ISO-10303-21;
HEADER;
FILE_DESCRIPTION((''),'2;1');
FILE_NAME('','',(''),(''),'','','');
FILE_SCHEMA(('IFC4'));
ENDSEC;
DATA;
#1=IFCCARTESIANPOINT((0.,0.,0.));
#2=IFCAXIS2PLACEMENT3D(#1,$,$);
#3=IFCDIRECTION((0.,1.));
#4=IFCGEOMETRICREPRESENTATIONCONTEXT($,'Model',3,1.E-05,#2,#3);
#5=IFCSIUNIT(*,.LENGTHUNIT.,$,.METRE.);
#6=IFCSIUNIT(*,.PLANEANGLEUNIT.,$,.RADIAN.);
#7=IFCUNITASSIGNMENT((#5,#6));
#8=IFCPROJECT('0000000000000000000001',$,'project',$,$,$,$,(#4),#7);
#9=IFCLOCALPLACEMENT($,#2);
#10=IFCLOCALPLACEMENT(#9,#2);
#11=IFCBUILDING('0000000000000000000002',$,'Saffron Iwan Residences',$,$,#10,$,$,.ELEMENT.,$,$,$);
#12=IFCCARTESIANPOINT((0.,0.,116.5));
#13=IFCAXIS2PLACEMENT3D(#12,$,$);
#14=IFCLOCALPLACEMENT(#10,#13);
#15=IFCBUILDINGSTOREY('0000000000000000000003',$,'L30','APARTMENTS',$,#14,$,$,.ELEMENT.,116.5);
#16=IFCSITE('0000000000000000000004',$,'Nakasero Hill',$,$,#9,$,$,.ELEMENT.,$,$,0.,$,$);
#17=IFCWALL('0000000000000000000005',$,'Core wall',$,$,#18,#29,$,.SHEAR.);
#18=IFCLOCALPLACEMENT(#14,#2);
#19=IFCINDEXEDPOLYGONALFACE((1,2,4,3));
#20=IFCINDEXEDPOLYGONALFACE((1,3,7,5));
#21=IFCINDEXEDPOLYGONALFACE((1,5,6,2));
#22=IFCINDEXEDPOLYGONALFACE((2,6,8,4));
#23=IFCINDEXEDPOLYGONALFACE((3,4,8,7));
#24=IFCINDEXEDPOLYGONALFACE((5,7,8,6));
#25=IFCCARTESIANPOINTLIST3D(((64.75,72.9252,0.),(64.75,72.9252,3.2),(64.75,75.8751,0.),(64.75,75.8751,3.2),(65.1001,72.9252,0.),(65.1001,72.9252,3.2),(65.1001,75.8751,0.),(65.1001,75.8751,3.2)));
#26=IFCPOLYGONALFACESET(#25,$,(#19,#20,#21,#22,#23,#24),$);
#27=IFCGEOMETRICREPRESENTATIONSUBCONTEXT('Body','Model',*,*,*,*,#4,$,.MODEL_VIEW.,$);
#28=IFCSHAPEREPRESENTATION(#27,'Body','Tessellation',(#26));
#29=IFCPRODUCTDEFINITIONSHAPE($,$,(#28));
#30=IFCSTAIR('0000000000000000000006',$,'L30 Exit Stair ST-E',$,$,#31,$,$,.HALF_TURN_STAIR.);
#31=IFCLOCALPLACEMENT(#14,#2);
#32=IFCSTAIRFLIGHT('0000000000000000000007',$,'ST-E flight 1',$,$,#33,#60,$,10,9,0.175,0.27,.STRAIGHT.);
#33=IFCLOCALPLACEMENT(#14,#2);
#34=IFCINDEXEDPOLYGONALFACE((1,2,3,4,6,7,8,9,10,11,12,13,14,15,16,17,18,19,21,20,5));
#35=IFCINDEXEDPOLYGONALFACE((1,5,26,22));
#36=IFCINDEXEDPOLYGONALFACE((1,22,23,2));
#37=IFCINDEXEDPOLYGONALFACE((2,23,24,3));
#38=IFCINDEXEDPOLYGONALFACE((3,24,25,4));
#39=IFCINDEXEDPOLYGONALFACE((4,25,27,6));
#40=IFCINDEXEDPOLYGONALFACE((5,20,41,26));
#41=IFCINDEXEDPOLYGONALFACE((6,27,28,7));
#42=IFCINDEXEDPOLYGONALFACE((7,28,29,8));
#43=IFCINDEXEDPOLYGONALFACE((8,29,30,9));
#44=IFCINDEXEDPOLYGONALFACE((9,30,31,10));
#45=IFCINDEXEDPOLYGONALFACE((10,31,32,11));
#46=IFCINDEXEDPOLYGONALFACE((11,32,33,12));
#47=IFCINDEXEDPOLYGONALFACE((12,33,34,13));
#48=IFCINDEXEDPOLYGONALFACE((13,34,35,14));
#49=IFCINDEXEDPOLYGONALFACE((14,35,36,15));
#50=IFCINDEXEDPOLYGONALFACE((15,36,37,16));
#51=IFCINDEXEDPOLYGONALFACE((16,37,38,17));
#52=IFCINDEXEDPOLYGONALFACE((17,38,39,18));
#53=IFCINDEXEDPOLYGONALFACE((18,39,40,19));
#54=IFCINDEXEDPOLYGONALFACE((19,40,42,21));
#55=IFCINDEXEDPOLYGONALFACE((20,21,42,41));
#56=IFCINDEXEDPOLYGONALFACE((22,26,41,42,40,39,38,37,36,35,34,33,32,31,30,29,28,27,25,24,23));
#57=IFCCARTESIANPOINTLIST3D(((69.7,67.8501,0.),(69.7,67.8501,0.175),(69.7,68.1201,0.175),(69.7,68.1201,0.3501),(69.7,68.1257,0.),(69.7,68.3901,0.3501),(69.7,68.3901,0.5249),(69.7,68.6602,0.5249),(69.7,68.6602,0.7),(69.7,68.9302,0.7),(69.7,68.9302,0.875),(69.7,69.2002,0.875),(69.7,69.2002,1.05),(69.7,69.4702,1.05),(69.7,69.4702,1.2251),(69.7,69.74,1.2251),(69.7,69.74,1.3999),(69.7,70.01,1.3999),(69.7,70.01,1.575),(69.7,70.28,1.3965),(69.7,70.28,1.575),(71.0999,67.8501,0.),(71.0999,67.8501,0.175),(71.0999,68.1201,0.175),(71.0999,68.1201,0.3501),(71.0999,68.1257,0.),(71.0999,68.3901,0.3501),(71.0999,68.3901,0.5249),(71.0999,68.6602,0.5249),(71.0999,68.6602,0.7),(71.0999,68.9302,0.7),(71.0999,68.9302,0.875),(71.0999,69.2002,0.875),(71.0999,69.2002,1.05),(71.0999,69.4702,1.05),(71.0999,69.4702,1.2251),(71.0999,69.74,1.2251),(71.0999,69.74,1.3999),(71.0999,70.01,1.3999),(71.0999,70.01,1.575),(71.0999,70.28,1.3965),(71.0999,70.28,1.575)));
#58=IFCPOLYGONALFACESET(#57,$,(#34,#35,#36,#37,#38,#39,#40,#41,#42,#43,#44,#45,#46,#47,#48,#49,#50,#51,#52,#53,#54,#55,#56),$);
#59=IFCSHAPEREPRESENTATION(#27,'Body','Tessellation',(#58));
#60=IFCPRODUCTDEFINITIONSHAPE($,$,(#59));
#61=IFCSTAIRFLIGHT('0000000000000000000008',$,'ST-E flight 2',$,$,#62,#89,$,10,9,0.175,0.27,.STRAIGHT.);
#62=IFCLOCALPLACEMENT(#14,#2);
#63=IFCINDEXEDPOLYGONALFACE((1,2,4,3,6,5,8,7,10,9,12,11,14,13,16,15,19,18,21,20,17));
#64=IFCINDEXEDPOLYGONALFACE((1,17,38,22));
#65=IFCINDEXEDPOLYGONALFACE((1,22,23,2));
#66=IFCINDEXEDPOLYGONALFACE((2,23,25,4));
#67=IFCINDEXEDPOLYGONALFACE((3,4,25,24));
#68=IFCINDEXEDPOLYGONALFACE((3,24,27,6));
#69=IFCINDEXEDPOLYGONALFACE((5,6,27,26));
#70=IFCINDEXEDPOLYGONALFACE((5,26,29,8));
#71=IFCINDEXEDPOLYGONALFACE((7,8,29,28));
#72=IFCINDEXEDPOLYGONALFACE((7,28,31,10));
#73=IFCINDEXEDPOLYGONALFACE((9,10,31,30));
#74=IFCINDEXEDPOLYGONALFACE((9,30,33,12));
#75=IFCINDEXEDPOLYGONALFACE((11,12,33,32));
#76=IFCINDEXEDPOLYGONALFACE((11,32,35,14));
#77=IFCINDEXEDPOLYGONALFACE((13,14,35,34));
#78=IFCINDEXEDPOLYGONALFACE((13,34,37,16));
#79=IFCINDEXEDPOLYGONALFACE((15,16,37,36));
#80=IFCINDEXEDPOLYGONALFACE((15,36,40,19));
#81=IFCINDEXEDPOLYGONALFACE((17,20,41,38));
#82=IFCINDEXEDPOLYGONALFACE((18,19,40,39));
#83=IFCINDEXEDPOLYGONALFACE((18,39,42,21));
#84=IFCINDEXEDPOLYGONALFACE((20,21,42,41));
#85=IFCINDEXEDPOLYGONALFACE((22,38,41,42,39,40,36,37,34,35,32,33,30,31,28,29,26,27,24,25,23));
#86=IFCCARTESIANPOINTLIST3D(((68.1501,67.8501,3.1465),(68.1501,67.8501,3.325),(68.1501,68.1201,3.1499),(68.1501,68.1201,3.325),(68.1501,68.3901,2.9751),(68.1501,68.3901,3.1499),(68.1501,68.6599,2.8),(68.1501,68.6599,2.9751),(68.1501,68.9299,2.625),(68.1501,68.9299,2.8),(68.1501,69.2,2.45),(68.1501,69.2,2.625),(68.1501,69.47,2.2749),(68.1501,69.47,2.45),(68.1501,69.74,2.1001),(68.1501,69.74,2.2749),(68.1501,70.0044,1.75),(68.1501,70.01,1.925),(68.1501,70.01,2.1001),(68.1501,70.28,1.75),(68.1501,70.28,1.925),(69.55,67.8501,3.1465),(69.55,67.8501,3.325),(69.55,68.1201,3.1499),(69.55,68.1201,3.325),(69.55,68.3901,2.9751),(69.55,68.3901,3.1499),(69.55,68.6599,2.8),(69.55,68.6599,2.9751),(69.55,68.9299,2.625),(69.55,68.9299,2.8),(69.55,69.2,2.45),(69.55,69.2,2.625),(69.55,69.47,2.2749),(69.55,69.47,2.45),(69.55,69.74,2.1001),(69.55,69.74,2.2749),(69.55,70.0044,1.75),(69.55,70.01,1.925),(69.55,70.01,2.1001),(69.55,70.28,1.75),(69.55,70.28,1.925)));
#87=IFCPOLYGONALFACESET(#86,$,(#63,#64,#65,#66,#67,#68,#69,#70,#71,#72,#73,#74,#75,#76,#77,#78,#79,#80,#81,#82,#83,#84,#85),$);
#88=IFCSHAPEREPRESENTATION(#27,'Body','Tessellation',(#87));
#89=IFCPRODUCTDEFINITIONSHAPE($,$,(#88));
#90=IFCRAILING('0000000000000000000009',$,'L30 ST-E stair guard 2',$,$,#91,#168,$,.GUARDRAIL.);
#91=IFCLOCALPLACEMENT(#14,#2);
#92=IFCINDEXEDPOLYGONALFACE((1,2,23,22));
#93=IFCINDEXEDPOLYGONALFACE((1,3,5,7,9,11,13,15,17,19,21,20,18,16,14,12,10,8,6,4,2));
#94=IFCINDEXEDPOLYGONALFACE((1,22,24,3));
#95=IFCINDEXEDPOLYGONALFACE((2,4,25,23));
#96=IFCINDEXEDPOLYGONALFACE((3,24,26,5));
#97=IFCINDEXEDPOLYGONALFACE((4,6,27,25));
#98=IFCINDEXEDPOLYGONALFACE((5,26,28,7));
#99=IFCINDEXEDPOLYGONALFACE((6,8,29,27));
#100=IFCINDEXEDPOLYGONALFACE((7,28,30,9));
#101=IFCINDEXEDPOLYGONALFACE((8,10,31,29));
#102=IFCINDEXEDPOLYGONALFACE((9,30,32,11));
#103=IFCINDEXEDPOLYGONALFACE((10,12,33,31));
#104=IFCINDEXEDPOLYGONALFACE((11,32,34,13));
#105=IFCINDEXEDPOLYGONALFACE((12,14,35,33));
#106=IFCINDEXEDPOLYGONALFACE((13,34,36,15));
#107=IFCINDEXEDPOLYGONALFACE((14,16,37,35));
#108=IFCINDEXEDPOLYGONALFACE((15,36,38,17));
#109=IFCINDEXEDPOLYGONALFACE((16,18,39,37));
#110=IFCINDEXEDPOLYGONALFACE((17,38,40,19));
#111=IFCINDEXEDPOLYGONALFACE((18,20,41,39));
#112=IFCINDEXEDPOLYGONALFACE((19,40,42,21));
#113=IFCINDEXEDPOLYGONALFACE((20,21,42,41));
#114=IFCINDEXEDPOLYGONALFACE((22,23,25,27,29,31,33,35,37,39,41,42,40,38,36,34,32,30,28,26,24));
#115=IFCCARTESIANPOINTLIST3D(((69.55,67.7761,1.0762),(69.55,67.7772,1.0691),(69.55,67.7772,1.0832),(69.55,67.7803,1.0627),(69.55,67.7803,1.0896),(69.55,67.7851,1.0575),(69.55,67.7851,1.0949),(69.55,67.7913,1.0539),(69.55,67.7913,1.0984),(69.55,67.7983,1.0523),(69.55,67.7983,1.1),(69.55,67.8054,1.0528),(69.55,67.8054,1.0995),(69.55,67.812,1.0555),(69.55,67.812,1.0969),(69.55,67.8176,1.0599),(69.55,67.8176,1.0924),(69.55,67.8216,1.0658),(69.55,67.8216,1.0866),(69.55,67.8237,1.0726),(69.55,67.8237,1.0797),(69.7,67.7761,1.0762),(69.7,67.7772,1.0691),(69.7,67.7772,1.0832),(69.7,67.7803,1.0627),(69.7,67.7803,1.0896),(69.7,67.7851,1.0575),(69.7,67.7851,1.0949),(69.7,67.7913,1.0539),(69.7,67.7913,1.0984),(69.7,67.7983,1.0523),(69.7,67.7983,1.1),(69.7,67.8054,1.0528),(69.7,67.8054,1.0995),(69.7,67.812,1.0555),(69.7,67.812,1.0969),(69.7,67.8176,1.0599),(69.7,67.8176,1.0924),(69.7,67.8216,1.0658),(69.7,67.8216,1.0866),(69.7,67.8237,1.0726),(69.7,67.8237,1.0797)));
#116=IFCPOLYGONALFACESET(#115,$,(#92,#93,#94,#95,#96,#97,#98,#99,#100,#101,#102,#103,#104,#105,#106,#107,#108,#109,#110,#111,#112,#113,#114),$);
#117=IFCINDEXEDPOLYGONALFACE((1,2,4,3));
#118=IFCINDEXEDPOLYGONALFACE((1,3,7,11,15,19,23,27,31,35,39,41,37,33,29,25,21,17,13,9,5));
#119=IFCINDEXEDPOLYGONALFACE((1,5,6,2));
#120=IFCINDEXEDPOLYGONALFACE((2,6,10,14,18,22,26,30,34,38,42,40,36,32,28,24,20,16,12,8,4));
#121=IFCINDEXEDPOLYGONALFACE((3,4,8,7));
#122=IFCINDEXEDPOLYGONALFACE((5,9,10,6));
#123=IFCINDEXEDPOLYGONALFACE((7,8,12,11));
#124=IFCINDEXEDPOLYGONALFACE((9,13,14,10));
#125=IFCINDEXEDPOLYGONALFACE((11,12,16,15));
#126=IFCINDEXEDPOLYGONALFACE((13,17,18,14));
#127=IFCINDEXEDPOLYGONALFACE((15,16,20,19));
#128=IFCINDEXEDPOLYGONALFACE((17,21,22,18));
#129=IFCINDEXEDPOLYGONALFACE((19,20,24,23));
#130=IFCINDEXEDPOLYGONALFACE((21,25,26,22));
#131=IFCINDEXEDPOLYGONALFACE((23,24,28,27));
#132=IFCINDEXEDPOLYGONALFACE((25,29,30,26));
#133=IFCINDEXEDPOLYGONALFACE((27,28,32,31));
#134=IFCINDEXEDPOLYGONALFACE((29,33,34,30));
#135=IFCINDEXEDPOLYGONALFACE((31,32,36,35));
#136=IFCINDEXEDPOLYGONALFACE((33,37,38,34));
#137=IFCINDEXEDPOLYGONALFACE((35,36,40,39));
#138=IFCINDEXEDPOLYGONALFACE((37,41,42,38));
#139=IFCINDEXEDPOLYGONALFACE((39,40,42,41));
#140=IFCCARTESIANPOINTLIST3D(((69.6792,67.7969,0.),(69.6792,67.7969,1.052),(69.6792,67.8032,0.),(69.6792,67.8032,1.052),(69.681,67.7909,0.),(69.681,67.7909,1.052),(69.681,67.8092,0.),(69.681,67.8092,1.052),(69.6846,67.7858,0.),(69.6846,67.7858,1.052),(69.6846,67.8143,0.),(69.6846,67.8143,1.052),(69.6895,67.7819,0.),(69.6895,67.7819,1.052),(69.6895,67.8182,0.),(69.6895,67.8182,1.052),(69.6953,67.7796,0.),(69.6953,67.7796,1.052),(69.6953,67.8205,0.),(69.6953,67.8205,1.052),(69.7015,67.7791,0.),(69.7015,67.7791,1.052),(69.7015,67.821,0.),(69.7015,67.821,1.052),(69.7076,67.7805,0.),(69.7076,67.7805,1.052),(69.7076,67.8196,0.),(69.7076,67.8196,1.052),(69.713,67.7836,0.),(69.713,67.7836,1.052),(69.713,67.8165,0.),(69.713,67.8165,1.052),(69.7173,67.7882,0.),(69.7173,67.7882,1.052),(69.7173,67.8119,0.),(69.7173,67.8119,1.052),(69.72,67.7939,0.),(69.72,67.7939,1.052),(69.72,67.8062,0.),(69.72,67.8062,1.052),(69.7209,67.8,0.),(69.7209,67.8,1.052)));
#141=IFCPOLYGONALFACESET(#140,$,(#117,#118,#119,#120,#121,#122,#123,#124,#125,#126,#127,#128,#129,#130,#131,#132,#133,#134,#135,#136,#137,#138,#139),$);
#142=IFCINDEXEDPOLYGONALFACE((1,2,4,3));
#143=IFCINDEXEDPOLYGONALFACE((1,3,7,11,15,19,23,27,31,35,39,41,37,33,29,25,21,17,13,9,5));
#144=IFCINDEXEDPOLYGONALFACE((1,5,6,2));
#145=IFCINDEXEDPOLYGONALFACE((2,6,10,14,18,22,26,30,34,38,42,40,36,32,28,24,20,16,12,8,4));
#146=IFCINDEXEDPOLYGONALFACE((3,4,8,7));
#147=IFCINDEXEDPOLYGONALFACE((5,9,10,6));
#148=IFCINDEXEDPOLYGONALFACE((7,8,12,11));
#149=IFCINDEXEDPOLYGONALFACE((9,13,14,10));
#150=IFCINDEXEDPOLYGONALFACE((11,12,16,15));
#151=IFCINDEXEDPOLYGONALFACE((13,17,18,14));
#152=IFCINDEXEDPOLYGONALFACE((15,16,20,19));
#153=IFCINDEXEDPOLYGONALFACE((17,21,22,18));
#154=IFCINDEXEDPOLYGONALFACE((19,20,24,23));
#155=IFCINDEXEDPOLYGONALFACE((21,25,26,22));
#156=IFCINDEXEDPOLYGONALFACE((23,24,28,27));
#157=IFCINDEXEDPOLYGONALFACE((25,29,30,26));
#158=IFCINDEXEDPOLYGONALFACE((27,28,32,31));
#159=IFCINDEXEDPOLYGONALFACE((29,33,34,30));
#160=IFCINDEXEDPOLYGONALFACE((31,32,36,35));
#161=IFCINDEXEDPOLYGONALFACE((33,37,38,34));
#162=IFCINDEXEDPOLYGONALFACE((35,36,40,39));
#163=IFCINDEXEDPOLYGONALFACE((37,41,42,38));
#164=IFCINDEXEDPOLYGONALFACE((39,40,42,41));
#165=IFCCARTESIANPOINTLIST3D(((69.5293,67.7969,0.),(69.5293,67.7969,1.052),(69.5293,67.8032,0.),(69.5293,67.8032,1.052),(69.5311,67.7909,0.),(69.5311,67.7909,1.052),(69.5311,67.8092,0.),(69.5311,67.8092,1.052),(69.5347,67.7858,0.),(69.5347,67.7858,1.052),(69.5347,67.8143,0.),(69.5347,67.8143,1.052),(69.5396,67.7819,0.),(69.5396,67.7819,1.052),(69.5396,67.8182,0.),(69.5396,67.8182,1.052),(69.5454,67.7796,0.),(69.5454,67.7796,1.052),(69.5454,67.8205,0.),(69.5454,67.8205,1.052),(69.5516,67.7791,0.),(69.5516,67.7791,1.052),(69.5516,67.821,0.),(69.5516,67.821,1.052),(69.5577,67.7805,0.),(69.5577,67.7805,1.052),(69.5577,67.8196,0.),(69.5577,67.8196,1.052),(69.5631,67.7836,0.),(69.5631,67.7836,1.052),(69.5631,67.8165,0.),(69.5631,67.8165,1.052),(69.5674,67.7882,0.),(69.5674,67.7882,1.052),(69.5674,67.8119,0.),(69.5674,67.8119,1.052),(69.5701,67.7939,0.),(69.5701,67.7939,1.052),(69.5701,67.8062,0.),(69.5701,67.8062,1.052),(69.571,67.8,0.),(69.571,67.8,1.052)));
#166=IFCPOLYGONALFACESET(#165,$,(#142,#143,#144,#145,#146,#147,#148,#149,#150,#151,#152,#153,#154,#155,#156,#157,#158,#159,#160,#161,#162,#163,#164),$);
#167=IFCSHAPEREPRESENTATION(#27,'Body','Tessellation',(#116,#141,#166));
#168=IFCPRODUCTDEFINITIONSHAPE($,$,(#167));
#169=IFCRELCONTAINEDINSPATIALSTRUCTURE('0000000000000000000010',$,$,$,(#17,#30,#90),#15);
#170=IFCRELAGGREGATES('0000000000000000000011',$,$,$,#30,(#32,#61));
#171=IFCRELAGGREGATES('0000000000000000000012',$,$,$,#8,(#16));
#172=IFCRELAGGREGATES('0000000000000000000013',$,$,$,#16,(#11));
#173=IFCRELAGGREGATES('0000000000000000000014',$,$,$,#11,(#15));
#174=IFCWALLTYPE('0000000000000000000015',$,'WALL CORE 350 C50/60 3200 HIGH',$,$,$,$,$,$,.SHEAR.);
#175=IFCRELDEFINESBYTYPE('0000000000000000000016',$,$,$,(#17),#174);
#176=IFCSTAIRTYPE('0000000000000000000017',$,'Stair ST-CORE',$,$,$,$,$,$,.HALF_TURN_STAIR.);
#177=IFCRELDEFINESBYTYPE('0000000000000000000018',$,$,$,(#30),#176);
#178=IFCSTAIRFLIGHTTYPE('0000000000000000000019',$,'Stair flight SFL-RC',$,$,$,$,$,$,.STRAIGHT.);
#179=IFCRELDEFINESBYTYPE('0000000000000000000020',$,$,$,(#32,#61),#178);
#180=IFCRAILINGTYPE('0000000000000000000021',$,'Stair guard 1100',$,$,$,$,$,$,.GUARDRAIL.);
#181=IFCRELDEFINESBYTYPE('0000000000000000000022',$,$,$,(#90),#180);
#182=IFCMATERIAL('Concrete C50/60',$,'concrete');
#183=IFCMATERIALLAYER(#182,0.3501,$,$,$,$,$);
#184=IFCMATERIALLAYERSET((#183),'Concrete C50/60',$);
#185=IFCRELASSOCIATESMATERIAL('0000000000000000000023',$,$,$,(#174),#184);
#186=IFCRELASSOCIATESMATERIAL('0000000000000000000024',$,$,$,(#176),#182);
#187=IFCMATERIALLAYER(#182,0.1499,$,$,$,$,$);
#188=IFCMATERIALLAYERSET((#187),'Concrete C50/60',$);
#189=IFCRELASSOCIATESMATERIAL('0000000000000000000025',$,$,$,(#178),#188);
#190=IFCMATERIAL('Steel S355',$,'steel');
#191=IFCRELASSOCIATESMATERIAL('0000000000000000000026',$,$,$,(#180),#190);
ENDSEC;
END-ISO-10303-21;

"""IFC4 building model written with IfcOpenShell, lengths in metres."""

from ifc_helpers import new_model, si_unit, direction, frame, frame_2d, origin, origin_2d, place, context, subcontext, project, spatial, polyline, rectangle, circle, outline, extrude, material, layer, layer_set, type_object, element, aggregate, save


model = new_model("IFC4")

# Units and contexts
model_context = context("Model", 3, precision=1e-05, world=origin(), true_north=direction((0.0, 1.0)))
body_context = subcontext(model_context, "Body", "Model", "MODEL_VIEW")
ifc_project = project(units=[si_unit("LENGTHUNIT", "METRE"), si_unit("PLANEANGLEUNIT", "RADIAN")], contexts=[model_context])

# Site, building, storey
site_placement = place(None, origin())
site = spatial("IfcSite", under=ifc_project, at=site_placement, Name="Nakasero Hill", CompositionType="ELEMENT", RefElevation=0.0)
building_placement = place(site_placement, origin())
building = spatial("IfcBuilding", under=site, at=building_placement, Name="Saffron Iwan Residences", CompositionType="ELEMENT")
storey_placement = place(building_placement, frame((0.0, 0.0, 116.5)))
storey = spatial("IfcBuildingStorey", under=building, at=storey_placement, Name="L30", Description="APARTMENTS", CompositionType="ELEMENT", Elevation=116.5)

# Shared definitions
ifc_material_1 = material(Name="Concrete C50/60", Category="concrete")

# Shared definitions
ifc_layer_1 = layer(ifc_material_1, 0.3501)
ifc_layer_set_1 = layer_set([ifc_layer_1], Name="Concrete C50/60")
wall_type_1 = type_object("IfcWallType", Name="WALL CORE 350 C50/60 3200 HIGH", PredefinedType="SHEAR", material=ifc_layer_set_1)

# Wall
for number, where, z_axis, x_axis, name in (
    (1, (64.925, 72.925, 0.0), (0.0, 0.0, 1.0), (0.0, 1.0, 0.0), "Core wall"),
):
    element("IfcWall", number, at=place(storey_placement, frame(where, z_axis=z_axis, x_axis=x_axis)), inside=storey, type_object=wall_type_1, Name=name, PredefinedType="SHEAR", context=body_context, shape_type="SweptSolid", body=[
        extrude(rectangle(XDim=2.95, YDim=0.3501, at=frame_2d((1.4751, 0.0))), origin(), (0.0, 0.0, 1.0), 3.2),
    ])

# Stair, stair flights
stair_type = type_object("IfcStairType", Name="Stair ST-CORE", PredefinedType="HALF_TURN_STAIR", material=ifc_material_1)
stair_placement = place(storey_placement, origin())
stair = element("IfcStair", 2, at=stair_placement, inside=storey, type_object=stair_type, Name="L30 Exit Stair ST-E", PredefinedType="HALF_TURN_STAIR")
ifc_layer_2 = layer(ifc_material_1, 0.1499)
ifc_layer_set_2 = layer_set([ifc_layer_2], Name="Concrete C50/60")
stair_flight_type = type_object("IfcStairFlightType", Name="Stair flight SFL-RC", PredefinedType="STRAIGHT", material=ifc_layer_set_2)
stair_flight_1_placement = place(storey_placement, frame((70.3999, 67.8501, 0.0), z_axis=(0.0, 0.0, 1.0), x_axis=(0.0, 1.0, 0.0)))
stair_flight_1 = element("IfcStairFlight", 3, at=stair_flight_1_placement, type_object=stair_flight_type, Name="ST-E flight 1", NumberOfRisers=10, NumberOfTreads=9, PredefinedType="STRAIGHT", RiserHeight=0.175, TreadLength=0.27, context=body_context, shape_type="SweptSolid", body=[
    extrude(outline(polyline([(0.0, 0.0), (0.0, 0.175), (0.27, 0.175), (0.27, 0.3501), (0.54, 0.3501), (0.54, 0.5249), (0.8101, 0.5249), (0.8101, 0.7), (1.0801, 0.7), (1.0801, 0.875), (1.3501, 0.875), (1.3501, 1.05), (1.6201, 1.05), (1.6201, 1.2251), (1.8899, 1.2251), (1.8899, 1.3999), (2.1599, 1.3999), (2.1599, 1.575), (2.4299, 1.575), (2.4299, 1.75), (2.4299, 1.3965), (0.2756, 0.0), (0.0, 0.0)])), frame((0.0, 0.7, 0.0), z_axis=(0.0, -1.0, 0.0), x_axis=(1.0, 0.0, 0.0)), (0.0, 0.0, 1.0), 1.3999),
])
stair_flight_2_placement = place(storey_placement, frame((68.8501, 70.28, 1.75), z_axis=(0.0, 0.0, 1.0), x_axis=(0.0, -1.0, 0.0)))
stair_flight_2 = element("IfcStairFlight", 4, at=stair_flight_2_placement, type_object=stair_flight_type, Name="ST-E flight 2", NumberOfRisers=10, NumberOfTreads=9, PredefinedType="STRAIGHT", RiserHeight=0.175, TreadLength=0.27, context=body_context, shape_type="SweptSolid", body=[
    extrude(outline(polyline([(0.0, 0.0), (0.0, 0.175), (0.27, 0.175), (0.27, 0.3501), (0.54, 0.3501), (0.54, 0.5249), (0.8101, 0.5249), (0.8101, 0.7), (1.0801, 0.7), (1.0801, 0.875), (1.3501, 0.875), (1.3501, 1.05), (1.6201, 1.05), (1.6201, 1.2251), (1.8899, 1.2251), (1.8899, 1.3999), (2.1599, 1.3999), (2.1599, 1.575), (2.4299, 1.575), (2.4299, 1.75), (2.4299, 1.3965), (0.2756, 0.0), (0.0, 0.0)])), frame((0.0, 0.7, 0.0), z_axis=(0.0, -1.0, 0.0), x_axis=(1.0, 0.0, 0.0)), (0.0, 0.0, 1.0), 1.3999),
])
aggregate(stair, [stair_flight_1, stair_flight_2])

# Railing
ifc_material_2 = material(Name="Steel S355", Category="steel")
railing_type_1 = type_object("IfcRailingType", Name="Stair guard 1100", PredefinedType="GUARDRAIL", material=ifc_material_2)
railing_1_placement = place(storey_placement, frame((69.7, 67.8, 0.0)))
element("IfcRailing", 5, at=railing_1_placement, inside=storey, type_object=railing_type_1, Name="L30 ST-E stair guard 2", PredefinedType="GUARDRAIL", context=body_context, shape_type="SweptSolid", body=[
    extrude(circle(Radius=0.0239, at=origin_2d()), frame((0.0, 0.0, 1.0762), z_axis=(-1.0, 0.0, 0.0), x_axis=(0.0, -1.0, 0.0)), (0.0, 0.0, 1.0), 0.1499),
    extrude(circle(Radius=0.021, at=origin_2d()), origin(), (0.0, 0.0, 1.0), 1.052),
    extrude(circle(Radius=0.021, at=origin_2d()), frame((-0.1499, 0.0, 0.0)), (0.0, 0.0, 1.0), 1.052),
])

save(model, "model.ifc")
